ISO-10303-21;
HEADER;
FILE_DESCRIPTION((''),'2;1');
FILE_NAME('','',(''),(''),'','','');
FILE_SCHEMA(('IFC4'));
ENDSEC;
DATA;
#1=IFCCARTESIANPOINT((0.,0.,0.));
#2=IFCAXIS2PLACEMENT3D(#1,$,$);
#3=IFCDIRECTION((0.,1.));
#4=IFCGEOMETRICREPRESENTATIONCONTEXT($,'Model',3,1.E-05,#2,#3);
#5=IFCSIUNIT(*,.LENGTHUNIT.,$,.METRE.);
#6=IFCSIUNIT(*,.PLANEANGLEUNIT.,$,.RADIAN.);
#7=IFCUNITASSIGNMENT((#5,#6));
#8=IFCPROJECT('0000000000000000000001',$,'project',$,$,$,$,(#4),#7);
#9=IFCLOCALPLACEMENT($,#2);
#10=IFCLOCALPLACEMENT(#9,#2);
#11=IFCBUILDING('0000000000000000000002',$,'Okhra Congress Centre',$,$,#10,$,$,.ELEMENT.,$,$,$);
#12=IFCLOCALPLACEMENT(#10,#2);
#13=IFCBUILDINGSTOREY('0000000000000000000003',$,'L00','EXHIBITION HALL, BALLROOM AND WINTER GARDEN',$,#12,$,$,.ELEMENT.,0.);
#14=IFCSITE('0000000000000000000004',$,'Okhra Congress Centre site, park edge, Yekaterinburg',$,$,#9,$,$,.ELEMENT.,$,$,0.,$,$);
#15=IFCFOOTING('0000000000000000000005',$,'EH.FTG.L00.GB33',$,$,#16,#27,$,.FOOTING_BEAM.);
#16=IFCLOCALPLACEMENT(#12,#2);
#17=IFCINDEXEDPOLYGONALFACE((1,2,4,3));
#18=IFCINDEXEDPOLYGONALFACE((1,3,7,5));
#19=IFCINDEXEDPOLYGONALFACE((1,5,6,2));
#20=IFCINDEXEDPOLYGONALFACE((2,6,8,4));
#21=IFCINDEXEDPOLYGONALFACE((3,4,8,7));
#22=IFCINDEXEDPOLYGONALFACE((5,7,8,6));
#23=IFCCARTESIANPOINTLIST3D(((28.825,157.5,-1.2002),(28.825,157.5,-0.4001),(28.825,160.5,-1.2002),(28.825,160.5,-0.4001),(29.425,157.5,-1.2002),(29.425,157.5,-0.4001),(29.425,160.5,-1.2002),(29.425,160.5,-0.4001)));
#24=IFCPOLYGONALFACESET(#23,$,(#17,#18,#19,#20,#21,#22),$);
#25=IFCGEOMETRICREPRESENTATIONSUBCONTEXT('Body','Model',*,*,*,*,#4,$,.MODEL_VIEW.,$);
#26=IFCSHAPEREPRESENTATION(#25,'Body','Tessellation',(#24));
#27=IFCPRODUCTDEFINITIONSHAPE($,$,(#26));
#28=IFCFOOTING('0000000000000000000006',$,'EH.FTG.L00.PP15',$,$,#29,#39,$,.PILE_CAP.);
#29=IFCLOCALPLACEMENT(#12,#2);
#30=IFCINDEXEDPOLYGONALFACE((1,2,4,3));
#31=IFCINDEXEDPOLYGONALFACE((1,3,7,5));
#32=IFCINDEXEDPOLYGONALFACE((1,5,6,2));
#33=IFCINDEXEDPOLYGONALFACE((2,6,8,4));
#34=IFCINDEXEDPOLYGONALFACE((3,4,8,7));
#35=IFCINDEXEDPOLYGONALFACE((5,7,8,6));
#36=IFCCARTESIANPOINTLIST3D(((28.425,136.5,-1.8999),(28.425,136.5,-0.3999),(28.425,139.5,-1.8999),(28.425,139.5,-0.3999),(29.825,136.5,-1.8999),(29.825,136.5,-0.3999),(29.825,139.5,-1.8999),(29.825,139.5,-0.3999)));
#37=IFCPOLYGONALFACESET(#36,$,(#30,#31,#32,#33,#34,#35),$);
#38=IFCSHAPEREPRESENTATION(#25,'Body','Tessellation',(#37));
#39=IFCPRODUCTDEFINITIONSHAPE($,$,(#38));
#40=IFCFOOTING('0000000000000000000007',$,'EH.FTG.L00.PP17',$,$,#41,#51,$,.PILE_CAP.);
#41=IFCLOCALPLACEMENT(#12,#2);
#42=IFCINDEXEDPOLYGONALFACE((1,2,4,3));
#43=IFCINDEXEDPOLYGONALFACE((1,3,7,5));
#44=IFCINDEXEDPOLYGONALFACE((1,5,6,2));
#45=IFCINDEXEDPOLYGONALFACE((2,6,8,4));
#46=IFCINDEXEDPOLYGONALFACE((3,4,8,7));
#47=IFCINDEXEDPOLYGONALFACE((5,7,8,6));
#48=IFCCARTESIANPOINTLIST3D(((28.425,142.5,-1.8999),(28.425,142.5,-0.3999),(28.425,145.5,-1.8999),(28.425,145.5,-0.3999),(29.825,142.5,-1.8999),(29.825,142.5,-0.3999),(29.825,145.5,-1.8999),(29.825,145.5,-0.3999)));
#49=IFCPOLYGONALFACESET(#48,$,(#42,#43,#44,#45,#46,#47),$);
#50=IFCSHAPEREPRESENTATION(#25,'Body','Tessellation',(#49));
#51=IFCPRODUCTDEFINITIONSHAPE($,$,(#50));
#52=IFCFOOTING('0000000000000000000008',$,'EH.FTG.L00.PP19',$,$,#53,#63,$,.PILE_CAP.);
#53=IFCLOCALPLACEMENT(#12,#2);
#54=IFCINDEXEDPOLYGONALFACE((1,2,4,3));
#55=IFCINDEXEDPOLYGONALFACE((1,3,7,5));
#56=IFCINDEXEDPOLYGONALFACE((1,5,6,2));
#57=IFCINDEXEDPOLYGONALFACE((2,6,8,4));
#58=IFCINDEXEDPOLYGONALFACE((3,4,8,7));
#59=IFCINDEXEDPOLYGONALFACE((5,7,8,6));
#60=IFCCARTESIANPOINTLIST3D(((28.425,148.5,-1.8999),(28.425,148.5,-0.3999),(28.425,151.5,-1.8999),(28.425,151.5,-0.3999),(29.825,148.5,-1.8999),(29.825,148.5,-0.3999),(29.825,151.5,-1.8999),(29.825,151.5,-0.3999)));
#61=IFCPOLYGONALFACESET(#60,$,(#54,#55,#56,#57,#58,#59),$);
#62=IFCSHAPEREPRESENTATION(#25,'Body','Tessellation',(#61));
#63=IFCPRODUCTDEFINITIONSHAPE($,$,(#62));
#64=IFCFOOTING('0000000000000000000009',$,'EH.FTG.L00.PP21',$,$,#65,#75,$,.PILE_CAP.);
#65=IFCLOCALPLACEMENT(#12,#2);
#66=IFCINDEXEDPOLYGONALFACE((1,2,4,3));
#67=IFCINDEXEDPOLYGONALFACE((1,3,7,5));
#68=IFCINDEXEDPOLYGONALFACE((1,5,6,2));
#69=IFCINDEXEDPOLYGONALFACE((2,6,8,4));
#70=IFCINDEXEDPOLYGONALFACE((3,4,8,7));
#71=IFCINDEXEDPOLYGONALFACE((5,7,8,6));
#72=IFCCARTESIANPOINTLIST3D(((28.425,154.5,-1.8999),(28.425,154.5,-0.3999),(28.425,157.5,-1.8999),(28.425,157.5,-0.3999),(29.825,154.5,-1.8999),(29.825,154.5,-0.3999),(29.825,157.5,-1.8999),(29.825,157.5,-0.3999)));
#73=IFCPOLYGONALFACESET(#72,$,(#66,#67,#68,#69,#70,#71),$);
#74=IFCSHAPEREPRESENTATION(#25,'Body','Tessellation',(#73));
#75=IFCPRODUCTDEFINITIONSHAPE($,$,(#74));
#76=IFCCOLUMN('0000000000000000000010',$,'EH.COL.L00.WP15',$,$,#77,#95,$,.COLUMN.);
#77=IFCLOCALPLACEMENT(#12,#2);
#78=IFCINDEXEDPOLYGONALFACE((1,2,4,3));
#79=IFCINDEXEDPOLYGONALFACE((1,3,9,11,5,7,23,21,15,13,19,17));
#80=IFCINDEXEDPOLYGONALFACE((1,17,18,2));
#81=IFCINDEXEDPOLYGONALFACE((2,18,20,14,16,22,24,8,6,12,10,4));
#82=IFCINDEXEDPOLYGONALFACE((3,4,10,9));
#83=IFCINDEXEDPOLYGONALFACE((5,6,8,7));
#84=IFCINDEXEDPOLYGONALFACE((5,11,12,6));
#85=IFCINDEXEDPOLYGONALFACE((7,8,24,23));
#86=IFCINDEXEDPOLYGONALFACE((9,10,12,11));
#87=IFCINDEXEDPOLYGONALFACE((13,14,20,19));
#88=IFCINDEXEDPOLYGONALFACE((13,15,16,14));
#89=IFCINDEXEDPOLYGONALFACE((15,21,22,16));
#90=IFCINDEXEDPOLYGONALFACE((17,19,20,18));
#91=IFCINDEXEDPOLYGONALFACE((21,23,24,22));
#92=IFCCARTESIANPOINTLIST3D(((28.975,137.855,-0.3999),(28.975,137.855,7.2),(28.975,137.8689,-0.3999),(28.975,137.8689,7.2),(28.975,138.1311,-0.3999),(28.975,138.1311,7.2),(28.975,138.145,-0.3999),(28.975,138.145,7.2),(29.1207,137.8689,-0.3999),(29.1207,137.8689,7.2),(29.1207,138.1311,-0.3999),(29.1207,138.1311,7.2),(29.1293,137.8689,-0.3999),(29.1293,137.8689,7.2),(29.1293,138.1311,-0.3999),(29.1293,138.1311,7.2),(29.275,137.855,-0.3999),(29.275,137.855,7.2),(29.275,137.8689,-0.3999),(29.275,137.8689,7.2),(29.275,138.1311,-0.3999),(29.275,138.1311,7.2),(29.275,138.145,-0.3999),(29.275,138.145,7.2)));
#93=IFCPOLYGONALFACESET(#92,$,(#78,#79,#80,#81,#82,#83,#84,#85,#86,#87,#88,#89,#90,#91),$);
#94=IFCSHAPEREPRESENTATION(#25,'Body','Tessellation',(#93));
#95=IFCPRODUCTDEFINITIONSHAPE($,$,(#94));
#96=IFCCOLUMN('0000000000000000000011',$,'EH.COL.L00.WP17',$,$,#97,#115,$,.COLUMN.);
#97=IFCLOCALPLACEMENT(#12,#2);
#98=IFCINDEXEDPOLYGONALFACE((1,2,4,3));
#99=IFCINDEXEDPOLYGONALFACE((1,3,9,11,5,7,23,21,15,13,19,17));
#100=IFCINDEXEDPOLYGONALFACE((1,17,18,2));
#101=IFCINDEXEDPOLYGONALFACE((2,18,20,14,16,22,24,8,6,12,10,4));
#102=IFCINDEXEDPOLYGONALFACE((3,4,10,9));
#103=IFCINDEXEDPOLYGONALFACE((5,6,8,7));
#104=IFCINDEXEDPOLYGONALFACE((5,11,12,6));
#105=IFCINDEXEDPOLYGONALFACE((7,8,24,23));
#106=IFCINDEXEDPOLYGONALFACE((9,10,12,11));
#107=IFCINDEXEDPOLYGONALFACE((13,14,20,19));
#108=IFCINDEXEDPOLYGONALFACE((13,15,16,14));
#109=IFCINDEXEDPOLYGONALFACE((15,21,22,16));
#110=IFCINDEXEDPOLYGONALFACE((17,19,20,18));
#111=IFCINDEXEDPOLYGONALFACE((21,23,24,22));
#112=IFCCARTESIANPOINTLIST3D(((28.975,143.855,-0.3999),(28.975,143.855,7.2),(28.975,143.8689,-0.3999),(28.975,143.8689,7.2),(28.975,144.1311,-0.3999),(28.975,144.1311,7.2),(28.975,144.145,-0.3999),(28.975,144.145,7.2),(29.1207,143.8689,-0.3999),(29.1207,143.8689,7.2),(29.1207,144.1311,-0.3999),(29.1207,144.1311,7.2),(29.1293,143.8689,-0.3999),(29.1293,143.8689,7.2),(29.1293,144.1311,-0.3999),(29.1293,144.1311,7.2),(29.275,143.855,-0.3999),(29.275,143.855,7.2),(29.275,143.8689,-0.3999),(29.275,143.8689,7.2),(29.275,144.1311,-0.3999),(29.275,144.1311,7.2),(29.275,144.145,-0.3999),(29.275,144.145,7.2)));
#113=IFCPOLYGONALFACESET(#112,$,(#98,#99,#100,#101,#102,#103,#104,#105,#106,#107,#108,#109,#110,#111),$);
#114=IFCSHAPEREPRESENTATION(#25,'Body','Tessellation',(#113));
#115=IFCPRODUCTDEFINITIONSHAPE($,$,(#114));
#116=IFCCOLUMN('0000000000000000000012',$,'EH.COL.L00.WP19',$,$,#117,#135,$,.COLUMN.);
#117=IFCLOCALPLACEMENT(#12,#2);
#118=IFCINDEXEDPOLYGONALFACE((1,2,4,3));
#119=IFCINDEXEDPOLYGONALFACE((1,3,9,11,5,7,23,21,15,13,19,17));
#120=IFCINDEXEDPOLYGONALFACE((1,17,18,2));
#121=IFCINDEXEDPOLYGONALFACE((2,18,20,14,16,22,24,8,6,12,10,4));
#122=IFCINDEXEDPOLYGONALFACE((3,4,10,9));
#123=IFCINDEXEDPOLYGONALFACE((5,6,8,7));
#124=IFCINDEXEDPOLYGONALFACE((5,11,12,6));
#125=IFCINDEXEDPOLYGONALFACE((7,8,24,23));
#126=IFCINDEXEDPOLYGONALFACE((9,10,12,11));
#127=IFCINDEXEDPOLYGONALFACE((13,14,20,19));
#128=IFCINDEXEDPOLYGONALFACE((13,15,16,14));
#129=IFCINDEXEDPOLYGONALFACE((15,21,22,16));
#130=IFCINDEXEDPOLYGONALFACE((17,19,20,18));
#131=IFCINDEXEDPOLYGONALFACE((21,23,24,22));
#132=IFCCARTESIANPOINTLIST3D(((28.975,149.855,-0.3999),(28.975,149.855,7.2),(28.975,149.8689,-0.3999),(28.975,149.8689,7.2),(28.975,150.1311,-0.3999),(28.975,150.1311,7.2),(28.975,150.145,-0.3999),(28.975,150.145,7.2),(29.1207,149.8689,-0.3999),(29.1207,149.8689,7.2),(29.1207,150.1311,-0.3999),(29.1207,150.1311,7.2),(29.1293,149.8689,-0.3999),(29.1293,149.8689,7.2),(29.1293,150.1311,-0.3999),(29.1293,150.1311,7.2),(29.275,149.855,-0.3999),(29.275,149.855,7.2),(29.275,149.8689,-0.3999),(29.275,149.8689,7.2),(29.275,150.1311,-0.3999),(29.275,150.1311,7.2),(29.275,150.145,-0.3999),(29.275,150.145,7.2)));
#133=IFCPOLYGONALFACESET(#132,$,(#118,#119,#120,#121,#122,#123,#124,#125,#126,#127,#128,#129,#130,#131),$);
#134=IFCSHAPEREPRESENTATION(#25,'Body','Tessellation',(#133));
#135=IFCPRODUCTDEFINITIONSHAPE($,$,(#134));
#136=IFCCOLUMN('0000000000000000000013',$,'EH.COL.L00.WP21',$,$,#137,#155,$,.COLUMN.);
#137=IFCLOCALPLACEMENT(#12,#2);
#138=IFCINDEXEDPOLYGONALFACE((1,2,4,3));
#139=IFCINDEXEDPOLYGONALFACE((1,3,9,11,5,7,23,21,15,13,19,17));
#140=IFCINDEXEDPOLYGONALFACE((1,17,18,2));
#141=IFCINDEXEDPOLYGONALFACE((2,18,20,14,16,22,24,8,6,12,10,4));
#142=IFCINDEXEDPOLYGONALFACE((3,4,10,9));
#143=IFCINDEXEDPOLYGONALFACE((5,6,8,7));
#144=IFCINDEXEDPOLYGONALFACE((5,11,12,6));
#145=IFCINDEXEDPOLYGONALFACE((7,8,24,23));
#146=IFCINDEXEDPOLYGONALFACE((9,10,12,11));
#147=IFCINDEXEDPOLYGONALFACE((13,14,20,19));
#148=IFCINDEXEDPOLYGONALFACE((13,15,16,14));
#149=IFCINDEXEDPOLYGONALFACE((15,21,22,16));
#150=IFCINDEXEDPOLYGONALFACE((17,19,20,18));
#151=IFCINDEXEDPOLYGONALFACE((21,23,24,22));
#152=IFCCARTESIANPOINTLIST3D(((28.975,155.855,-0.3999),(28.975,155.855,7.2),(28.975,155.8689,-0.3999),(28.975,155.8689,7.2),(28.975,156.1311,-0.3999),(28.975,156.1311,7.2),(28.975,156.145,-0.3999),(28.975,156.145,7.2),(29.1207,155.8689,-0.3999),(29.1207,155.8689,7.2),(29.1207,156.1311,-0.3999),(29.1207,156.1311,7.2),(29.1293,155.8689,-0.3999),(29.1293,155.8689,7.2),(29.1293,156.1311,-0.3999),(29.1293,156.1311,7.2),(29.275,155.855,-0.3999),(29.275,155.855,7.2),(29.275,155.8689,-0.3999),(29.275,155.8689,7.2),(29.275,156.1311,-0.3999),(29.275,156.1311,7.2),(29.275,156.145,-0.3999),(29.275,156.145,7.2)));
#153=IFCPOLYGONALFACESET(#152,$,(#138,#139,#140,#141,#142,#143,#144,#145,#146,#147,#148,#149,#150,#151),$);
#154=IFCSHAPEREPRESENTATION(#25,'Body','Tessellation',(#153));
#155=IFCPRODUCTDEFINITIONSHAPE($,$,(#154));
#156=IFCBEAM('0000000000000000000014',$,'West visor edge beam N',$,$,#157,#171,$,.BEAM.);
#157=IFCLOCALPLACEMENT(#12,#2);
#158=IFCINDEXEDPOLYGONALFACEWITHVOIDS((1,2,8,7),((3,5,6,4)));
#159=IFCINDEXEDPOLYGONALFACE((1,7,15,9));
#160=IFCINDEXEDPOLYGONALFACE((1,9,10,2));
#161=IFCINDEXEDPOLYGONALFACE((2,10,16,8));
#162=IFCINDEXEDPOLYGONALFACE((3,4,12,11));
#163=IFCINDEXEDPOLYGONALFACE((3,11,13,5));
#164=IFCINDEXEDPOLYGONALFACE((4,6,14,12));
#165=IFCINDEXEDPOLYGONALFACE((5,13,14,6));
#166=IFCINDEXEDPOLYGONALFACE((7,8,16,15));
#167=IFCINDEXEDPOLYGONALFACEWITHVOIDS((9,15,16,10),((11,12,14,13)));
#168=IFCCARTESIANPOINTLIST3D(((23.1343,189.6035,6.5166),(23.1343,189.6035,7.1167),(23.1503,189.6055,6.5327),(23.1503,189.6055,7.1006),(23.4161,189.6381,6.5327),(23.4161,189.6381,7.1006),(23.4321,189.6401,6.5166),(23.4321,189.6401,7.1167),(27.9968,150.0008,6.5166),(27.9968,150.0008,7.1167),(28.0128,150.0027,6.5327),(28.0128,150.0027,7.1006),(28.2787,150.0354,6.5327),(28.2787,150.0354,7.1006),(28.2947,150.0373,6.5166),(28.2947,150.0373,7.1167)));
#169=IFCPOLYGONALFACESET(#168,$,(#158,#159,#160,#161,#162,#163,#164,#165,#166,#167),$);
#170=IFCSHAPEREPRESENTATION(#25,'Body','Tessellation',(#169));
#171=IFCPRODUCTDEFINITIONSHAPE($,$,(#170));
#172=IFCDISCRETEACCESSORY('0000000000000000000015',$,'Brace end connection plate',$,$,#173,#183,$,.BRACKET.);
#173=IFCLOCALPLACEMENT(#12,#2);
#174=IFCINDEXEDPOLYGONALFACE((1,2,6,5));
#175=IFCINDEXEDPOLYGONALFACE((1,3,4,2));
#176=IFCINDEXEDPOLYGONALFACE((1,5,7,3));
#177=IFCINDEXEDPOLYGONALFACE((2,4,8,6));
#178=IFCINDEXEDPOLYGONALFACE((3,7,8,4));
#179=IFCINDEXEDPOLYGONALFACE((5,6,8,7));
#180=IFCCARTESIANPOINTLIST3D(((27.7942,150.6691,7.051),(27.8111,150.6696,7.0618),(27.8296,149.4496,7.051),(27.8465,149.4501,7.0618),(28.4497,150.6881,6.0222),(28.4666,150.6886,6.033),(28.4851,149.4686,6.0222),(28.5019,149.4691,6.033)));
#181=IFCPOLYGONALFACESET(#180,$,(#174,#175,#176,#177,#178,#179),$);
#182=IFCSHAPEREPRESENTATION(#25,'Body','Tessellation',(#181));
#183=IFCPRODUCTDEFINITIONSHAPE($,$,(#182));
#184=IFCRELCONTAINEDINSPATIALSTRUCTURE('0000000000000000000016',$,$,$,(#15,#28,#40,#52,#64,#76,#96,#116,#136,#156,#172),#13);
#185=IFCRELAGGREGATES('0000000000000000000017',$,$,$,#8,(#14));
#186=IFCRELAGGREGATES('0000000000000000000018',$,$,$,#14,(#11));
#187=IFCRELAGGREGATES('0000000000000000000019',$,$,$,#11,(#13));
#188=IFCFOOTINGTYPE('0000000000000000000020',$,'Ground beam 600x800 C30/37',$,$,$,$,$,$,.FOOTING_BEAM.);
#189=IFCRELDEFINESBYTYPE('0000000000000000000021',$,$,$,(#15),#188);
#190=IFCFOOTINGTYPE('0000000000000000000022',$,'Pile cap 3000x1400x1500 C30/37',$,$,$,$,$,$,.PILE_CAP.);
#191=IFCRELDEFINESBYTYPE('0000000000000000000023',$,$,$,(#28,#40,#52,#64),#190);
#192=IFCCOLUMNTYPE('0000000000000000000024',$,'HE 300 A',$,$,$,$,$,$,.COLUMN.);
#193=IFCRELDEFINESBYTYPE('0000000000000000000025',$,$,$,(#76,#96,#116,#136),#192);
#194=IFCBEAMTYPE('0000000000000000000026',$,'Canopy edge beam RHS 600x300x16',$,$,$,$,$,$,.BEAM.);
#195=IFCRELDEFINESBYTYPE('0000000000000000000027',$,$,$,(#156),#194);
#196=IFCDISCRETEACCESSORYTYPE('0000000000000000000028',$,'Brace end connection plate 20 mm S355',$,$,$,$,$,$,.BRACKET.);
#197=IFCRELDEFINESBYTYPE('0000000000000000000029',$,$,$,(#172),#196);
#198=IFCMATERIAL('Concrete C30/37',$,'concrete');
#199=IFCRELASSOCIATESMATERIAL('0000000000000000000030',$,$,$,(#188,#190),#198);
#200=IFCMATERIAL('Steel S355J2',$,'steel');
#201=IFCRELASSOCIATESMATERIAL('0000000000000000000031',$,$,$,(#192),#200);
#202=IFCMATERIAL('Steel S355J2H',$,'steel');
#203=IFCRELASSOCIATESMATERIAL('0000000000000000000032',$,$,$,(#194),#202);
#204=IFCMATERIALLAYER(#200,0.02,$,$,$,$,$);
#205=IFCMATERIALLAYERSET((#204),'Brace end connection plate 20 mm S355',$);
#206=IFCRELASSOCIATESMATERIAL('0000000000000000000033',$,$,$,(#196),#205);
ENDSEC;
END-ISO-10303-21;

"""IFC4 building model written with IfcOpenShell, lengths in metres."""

from ifc_helpers import new_model, si_unit, direction, frame, origin, origin_2d, place, context, subcontext, project, spatial, rectangle, hollow_rectangle, i_section, extrude, material, layer, layer_set, material_profile, profile_set, type_object, element, save


model = new_model("IFC4")

# Units and contexts
model_context = context("Model", 3, precision=1e-05, world=origin(), true_north=direction((0.0, 1.0)))
body_context = subcontext(model_context, "Body", "Model", "MODEL_VIEW")
ifc_project = project(units=[si_unit("LENGTHUNIT", "METRE"), si_unit("PLANEANGLEUNIT", "RADIAN")], contexts=[model_context])

# Site, building, storey
site_placement = place(None, origin())
site = spatial("IfcSite", under=ifc_project, at=site_placement, Name="Okhra Congress Centre site, park edge, Yekaterinburg", CompositionType="ELEMENT", RefElevation=0.0)
building_placement = place(site_placement, origin())
building = spatial("IfcBuilding", under=site, at=building_placement, Name="Okhra Congress Centre", CompositionType="ELEMENT")
storey_placement = place(building_placement, origin())
storey = spatial("IfcBuildingStorey", under=building, at=storey_placement, Name="L00", Description="EXHIBITION HALL, BALLROOM AND WINTER GARDEN", CompositionType="ELEMENT", Elevation=0.0)

# Shared definitions
ifc_material_1 = material(Name="Concrete C30/37", Category="concrete")

# Footings
footing_type_1 = type_object("IfcFootingType", Name="Ground beam 600x800 C30/37", PredefinedType="FOOTING_BEAM", material=ifc_material_1)
for number, where, z_axis, x_axis, name in (
    (1, (29.125, 159.0, -1.2002), (0.0, 0.0, 1.0), (0.0, 1.0, 0.0), "EH.FTG.L00.GB33"),
):
    element("IfcFooting", number, at=place(storey_placement, frame(where, z_axis=z_axis, x_axis=x_axis)), inside=storey, type_object=footing_type_1, Name=name, PredefinedType="FOOTING_BEAM", context=body_context, shape_type="SweptSolid", body=[
        extrude(rectangle(XDim=3.0, YDim=0.6001, at=origin_2d()), origin(), (0.0, 0.0, 1.0), 0.8),
    ])
footing_type_2 = type_object("IfcFootingType", Name="Pile cap 3000x1400x1500 C30/37", PredefinedType="PILE_CAP", material=ifc_material_1)
for number, where, z_axis, x_axis, name in (
    (2, (29.125, 138.0, -1.8999), (0.0, 0.0, 1.0), (0.0, 1.0, 0.0), "EH.FTG.L00.PP15"),
    (3, (29.125, 144.0, -1.8999), (0.0, 0.0, 1.0), (0.0, 1.0, 0.0), "EH.FTG.L00.PP17"),
    (4, (29.125, 150.0, -1.8999), (0.0, 0.0, 1.0), (0.0, 1.0, 0.0), "EH.FTG.L00.PP19"),
    (5, (29.125, 156.0, -1.8999), (0.0, 0.0, 1.0), (0.0, 1.0, 0.0), "EH.FTG.L00.PP21"),
):
    element("IfcFooting", number, at=place(storey_placement, frame(where, z_axis=z_axis, x_axis=x_axis)), inside=storey, type_object=footing_type_2, Name=name, PredefinedType="PILE_CAP", context=body_context, shape_type="SweptSolid", body=[
        extrude(rectangle(XDim=3.0, YDim=1.3999, at=origin_2d()), origin(), (0.0, 0.0, 1.0), 1.5),
    ])

# Columns
ifc_material_2 = material(Name="Steel S355J2", Category="steel")
ifc_material_profile_1 = material_profile(ifc_material_2, i_section(OverallWidth=0.3, OverallDepth=0.29, WebThickness=0.0085, FlangeThickness=0.0139, at=origin_2d()), Name="HE 300 A")
ifc_profile_set_1 = profile_set([ifc_material_profile_1], Name="Steel S355J2")
column_type = type_object("IfcColumnType", Name="HE 300 A", PredefinedType="COLUMN", material=ifc_profile_set_1)
for number, where, z_axis, x_axis, name in (
    (6, (29.125, 138.0, -0.3999), (0.0, 0.0, 1.0), (1.0, 0.0, 0.0), "EH.COL.L00.WP15"),
    (7, (29.125, 144.0, -0.3999), (0.0, 0.0, 1.0), (1.0, 0.0, 0.0), "EH.COL.L00.WP17"),
    (8, (29.125, 150.0, -0.3999), (0.0, 0.0, 1.0), (1.0, 0.0, 0.0), "EH.COL.L00.WP19"),
    (9, (29.125, 156.0, -0.3999), (0.0, 0.0, 1.0), (1.0, 0.0, 0.0), "EH.COL.L00.WP21"),
):
    element("IfcColumn", number, at=place(storey_placement, frame(where, z_axis=z_axis, x_axis=x_axis)), inside=storey, type_object=column_type, Name=name, PredefinedType="COLUMN", context=body_context, shape_type="SweptSolid", body=[
        extrude(i_section(OverallWidth=0.3, OverallDepth=0.29, WebThickness=0.0085, FlangeThickness=0.0139, at=origin_2d()), origin(), (0.0, 0.0, 1.0), 7.5999),
    ])

# Beam
ifc_material_3 = material(Name="Steel S355J2H", Category="steel")
ifc_material_profile_2 = material_profile(ifc_material_3, hollow_rectangle(XDim=0.3, YDim=0.6001, WallThickness=0.0161, at=origin_2d()), Name="RHS 600x300x16")
ifc_profile_set_2 = profile_set([ifc_material_profile_2], Name="Steel S355J2H")
beam_type = type_object("IfcBeamType", Name="Canopy edge beam RHS 600x300x16", PredefinedType="BEAM", material=ifc_profile_set_2)
beam_placement = place(storey_placement, frame((28.1458, 150.019, 6.8167), z_axis=(-0.121868, 0.992546, 0.0), x_axis=(-0.992546, -0.121868, 0.0)))
element("IfcBeam", 10, at=beam_placement, inside=storey, type_object=beam_type, Name="West visor edge beam N", PredefinedType="BEAM", context=body_context, shape_type="SweptSolid", body=[
    extrude(hollow_rectangle(XDim=0.3, YDim=0.6001, WallThickness=0.0161, at=origin_2d()), origin(), (0.0, 0.0, 1.0), 39.9001),
])

# Discrete accessory
ifc_layer = layer(ifc_material_2, 0.02)
ifc_layer_set = layer_set([ifc_layer], Name="Brace end connection plate 20 mm S355")
discrete_accessory_type = type_object("IfcDiscreteAccessoryType", Name="Brace end connection plate 20 mm S355", PredefinedType="BRACKET", material=ifc_layer_set)
discrete_accessory_placement = place(storey_placement, frame((28.1396, 150.0688, 6.5366), z_axis=(0.842906, 0.024432, 0.537505), x_axis=(-0.028973, 0.99958, 0.0)))
element("IfcDiscreteAccessory", 11, at=discrete_accessory_placement, inside=storey, type_object=discrete_accessory_type, Name="Brace end connection plate", PredefinedType="BRACKET", context=body_context, shape_type="SweptSolid", body=[
    extrude(rectangle(XDim=1.22, YDim=1.22, at=origin_2d()), origin(), (0.0, 0.0, 1.0), 0.02),
])

save(model, "model.ifc")
